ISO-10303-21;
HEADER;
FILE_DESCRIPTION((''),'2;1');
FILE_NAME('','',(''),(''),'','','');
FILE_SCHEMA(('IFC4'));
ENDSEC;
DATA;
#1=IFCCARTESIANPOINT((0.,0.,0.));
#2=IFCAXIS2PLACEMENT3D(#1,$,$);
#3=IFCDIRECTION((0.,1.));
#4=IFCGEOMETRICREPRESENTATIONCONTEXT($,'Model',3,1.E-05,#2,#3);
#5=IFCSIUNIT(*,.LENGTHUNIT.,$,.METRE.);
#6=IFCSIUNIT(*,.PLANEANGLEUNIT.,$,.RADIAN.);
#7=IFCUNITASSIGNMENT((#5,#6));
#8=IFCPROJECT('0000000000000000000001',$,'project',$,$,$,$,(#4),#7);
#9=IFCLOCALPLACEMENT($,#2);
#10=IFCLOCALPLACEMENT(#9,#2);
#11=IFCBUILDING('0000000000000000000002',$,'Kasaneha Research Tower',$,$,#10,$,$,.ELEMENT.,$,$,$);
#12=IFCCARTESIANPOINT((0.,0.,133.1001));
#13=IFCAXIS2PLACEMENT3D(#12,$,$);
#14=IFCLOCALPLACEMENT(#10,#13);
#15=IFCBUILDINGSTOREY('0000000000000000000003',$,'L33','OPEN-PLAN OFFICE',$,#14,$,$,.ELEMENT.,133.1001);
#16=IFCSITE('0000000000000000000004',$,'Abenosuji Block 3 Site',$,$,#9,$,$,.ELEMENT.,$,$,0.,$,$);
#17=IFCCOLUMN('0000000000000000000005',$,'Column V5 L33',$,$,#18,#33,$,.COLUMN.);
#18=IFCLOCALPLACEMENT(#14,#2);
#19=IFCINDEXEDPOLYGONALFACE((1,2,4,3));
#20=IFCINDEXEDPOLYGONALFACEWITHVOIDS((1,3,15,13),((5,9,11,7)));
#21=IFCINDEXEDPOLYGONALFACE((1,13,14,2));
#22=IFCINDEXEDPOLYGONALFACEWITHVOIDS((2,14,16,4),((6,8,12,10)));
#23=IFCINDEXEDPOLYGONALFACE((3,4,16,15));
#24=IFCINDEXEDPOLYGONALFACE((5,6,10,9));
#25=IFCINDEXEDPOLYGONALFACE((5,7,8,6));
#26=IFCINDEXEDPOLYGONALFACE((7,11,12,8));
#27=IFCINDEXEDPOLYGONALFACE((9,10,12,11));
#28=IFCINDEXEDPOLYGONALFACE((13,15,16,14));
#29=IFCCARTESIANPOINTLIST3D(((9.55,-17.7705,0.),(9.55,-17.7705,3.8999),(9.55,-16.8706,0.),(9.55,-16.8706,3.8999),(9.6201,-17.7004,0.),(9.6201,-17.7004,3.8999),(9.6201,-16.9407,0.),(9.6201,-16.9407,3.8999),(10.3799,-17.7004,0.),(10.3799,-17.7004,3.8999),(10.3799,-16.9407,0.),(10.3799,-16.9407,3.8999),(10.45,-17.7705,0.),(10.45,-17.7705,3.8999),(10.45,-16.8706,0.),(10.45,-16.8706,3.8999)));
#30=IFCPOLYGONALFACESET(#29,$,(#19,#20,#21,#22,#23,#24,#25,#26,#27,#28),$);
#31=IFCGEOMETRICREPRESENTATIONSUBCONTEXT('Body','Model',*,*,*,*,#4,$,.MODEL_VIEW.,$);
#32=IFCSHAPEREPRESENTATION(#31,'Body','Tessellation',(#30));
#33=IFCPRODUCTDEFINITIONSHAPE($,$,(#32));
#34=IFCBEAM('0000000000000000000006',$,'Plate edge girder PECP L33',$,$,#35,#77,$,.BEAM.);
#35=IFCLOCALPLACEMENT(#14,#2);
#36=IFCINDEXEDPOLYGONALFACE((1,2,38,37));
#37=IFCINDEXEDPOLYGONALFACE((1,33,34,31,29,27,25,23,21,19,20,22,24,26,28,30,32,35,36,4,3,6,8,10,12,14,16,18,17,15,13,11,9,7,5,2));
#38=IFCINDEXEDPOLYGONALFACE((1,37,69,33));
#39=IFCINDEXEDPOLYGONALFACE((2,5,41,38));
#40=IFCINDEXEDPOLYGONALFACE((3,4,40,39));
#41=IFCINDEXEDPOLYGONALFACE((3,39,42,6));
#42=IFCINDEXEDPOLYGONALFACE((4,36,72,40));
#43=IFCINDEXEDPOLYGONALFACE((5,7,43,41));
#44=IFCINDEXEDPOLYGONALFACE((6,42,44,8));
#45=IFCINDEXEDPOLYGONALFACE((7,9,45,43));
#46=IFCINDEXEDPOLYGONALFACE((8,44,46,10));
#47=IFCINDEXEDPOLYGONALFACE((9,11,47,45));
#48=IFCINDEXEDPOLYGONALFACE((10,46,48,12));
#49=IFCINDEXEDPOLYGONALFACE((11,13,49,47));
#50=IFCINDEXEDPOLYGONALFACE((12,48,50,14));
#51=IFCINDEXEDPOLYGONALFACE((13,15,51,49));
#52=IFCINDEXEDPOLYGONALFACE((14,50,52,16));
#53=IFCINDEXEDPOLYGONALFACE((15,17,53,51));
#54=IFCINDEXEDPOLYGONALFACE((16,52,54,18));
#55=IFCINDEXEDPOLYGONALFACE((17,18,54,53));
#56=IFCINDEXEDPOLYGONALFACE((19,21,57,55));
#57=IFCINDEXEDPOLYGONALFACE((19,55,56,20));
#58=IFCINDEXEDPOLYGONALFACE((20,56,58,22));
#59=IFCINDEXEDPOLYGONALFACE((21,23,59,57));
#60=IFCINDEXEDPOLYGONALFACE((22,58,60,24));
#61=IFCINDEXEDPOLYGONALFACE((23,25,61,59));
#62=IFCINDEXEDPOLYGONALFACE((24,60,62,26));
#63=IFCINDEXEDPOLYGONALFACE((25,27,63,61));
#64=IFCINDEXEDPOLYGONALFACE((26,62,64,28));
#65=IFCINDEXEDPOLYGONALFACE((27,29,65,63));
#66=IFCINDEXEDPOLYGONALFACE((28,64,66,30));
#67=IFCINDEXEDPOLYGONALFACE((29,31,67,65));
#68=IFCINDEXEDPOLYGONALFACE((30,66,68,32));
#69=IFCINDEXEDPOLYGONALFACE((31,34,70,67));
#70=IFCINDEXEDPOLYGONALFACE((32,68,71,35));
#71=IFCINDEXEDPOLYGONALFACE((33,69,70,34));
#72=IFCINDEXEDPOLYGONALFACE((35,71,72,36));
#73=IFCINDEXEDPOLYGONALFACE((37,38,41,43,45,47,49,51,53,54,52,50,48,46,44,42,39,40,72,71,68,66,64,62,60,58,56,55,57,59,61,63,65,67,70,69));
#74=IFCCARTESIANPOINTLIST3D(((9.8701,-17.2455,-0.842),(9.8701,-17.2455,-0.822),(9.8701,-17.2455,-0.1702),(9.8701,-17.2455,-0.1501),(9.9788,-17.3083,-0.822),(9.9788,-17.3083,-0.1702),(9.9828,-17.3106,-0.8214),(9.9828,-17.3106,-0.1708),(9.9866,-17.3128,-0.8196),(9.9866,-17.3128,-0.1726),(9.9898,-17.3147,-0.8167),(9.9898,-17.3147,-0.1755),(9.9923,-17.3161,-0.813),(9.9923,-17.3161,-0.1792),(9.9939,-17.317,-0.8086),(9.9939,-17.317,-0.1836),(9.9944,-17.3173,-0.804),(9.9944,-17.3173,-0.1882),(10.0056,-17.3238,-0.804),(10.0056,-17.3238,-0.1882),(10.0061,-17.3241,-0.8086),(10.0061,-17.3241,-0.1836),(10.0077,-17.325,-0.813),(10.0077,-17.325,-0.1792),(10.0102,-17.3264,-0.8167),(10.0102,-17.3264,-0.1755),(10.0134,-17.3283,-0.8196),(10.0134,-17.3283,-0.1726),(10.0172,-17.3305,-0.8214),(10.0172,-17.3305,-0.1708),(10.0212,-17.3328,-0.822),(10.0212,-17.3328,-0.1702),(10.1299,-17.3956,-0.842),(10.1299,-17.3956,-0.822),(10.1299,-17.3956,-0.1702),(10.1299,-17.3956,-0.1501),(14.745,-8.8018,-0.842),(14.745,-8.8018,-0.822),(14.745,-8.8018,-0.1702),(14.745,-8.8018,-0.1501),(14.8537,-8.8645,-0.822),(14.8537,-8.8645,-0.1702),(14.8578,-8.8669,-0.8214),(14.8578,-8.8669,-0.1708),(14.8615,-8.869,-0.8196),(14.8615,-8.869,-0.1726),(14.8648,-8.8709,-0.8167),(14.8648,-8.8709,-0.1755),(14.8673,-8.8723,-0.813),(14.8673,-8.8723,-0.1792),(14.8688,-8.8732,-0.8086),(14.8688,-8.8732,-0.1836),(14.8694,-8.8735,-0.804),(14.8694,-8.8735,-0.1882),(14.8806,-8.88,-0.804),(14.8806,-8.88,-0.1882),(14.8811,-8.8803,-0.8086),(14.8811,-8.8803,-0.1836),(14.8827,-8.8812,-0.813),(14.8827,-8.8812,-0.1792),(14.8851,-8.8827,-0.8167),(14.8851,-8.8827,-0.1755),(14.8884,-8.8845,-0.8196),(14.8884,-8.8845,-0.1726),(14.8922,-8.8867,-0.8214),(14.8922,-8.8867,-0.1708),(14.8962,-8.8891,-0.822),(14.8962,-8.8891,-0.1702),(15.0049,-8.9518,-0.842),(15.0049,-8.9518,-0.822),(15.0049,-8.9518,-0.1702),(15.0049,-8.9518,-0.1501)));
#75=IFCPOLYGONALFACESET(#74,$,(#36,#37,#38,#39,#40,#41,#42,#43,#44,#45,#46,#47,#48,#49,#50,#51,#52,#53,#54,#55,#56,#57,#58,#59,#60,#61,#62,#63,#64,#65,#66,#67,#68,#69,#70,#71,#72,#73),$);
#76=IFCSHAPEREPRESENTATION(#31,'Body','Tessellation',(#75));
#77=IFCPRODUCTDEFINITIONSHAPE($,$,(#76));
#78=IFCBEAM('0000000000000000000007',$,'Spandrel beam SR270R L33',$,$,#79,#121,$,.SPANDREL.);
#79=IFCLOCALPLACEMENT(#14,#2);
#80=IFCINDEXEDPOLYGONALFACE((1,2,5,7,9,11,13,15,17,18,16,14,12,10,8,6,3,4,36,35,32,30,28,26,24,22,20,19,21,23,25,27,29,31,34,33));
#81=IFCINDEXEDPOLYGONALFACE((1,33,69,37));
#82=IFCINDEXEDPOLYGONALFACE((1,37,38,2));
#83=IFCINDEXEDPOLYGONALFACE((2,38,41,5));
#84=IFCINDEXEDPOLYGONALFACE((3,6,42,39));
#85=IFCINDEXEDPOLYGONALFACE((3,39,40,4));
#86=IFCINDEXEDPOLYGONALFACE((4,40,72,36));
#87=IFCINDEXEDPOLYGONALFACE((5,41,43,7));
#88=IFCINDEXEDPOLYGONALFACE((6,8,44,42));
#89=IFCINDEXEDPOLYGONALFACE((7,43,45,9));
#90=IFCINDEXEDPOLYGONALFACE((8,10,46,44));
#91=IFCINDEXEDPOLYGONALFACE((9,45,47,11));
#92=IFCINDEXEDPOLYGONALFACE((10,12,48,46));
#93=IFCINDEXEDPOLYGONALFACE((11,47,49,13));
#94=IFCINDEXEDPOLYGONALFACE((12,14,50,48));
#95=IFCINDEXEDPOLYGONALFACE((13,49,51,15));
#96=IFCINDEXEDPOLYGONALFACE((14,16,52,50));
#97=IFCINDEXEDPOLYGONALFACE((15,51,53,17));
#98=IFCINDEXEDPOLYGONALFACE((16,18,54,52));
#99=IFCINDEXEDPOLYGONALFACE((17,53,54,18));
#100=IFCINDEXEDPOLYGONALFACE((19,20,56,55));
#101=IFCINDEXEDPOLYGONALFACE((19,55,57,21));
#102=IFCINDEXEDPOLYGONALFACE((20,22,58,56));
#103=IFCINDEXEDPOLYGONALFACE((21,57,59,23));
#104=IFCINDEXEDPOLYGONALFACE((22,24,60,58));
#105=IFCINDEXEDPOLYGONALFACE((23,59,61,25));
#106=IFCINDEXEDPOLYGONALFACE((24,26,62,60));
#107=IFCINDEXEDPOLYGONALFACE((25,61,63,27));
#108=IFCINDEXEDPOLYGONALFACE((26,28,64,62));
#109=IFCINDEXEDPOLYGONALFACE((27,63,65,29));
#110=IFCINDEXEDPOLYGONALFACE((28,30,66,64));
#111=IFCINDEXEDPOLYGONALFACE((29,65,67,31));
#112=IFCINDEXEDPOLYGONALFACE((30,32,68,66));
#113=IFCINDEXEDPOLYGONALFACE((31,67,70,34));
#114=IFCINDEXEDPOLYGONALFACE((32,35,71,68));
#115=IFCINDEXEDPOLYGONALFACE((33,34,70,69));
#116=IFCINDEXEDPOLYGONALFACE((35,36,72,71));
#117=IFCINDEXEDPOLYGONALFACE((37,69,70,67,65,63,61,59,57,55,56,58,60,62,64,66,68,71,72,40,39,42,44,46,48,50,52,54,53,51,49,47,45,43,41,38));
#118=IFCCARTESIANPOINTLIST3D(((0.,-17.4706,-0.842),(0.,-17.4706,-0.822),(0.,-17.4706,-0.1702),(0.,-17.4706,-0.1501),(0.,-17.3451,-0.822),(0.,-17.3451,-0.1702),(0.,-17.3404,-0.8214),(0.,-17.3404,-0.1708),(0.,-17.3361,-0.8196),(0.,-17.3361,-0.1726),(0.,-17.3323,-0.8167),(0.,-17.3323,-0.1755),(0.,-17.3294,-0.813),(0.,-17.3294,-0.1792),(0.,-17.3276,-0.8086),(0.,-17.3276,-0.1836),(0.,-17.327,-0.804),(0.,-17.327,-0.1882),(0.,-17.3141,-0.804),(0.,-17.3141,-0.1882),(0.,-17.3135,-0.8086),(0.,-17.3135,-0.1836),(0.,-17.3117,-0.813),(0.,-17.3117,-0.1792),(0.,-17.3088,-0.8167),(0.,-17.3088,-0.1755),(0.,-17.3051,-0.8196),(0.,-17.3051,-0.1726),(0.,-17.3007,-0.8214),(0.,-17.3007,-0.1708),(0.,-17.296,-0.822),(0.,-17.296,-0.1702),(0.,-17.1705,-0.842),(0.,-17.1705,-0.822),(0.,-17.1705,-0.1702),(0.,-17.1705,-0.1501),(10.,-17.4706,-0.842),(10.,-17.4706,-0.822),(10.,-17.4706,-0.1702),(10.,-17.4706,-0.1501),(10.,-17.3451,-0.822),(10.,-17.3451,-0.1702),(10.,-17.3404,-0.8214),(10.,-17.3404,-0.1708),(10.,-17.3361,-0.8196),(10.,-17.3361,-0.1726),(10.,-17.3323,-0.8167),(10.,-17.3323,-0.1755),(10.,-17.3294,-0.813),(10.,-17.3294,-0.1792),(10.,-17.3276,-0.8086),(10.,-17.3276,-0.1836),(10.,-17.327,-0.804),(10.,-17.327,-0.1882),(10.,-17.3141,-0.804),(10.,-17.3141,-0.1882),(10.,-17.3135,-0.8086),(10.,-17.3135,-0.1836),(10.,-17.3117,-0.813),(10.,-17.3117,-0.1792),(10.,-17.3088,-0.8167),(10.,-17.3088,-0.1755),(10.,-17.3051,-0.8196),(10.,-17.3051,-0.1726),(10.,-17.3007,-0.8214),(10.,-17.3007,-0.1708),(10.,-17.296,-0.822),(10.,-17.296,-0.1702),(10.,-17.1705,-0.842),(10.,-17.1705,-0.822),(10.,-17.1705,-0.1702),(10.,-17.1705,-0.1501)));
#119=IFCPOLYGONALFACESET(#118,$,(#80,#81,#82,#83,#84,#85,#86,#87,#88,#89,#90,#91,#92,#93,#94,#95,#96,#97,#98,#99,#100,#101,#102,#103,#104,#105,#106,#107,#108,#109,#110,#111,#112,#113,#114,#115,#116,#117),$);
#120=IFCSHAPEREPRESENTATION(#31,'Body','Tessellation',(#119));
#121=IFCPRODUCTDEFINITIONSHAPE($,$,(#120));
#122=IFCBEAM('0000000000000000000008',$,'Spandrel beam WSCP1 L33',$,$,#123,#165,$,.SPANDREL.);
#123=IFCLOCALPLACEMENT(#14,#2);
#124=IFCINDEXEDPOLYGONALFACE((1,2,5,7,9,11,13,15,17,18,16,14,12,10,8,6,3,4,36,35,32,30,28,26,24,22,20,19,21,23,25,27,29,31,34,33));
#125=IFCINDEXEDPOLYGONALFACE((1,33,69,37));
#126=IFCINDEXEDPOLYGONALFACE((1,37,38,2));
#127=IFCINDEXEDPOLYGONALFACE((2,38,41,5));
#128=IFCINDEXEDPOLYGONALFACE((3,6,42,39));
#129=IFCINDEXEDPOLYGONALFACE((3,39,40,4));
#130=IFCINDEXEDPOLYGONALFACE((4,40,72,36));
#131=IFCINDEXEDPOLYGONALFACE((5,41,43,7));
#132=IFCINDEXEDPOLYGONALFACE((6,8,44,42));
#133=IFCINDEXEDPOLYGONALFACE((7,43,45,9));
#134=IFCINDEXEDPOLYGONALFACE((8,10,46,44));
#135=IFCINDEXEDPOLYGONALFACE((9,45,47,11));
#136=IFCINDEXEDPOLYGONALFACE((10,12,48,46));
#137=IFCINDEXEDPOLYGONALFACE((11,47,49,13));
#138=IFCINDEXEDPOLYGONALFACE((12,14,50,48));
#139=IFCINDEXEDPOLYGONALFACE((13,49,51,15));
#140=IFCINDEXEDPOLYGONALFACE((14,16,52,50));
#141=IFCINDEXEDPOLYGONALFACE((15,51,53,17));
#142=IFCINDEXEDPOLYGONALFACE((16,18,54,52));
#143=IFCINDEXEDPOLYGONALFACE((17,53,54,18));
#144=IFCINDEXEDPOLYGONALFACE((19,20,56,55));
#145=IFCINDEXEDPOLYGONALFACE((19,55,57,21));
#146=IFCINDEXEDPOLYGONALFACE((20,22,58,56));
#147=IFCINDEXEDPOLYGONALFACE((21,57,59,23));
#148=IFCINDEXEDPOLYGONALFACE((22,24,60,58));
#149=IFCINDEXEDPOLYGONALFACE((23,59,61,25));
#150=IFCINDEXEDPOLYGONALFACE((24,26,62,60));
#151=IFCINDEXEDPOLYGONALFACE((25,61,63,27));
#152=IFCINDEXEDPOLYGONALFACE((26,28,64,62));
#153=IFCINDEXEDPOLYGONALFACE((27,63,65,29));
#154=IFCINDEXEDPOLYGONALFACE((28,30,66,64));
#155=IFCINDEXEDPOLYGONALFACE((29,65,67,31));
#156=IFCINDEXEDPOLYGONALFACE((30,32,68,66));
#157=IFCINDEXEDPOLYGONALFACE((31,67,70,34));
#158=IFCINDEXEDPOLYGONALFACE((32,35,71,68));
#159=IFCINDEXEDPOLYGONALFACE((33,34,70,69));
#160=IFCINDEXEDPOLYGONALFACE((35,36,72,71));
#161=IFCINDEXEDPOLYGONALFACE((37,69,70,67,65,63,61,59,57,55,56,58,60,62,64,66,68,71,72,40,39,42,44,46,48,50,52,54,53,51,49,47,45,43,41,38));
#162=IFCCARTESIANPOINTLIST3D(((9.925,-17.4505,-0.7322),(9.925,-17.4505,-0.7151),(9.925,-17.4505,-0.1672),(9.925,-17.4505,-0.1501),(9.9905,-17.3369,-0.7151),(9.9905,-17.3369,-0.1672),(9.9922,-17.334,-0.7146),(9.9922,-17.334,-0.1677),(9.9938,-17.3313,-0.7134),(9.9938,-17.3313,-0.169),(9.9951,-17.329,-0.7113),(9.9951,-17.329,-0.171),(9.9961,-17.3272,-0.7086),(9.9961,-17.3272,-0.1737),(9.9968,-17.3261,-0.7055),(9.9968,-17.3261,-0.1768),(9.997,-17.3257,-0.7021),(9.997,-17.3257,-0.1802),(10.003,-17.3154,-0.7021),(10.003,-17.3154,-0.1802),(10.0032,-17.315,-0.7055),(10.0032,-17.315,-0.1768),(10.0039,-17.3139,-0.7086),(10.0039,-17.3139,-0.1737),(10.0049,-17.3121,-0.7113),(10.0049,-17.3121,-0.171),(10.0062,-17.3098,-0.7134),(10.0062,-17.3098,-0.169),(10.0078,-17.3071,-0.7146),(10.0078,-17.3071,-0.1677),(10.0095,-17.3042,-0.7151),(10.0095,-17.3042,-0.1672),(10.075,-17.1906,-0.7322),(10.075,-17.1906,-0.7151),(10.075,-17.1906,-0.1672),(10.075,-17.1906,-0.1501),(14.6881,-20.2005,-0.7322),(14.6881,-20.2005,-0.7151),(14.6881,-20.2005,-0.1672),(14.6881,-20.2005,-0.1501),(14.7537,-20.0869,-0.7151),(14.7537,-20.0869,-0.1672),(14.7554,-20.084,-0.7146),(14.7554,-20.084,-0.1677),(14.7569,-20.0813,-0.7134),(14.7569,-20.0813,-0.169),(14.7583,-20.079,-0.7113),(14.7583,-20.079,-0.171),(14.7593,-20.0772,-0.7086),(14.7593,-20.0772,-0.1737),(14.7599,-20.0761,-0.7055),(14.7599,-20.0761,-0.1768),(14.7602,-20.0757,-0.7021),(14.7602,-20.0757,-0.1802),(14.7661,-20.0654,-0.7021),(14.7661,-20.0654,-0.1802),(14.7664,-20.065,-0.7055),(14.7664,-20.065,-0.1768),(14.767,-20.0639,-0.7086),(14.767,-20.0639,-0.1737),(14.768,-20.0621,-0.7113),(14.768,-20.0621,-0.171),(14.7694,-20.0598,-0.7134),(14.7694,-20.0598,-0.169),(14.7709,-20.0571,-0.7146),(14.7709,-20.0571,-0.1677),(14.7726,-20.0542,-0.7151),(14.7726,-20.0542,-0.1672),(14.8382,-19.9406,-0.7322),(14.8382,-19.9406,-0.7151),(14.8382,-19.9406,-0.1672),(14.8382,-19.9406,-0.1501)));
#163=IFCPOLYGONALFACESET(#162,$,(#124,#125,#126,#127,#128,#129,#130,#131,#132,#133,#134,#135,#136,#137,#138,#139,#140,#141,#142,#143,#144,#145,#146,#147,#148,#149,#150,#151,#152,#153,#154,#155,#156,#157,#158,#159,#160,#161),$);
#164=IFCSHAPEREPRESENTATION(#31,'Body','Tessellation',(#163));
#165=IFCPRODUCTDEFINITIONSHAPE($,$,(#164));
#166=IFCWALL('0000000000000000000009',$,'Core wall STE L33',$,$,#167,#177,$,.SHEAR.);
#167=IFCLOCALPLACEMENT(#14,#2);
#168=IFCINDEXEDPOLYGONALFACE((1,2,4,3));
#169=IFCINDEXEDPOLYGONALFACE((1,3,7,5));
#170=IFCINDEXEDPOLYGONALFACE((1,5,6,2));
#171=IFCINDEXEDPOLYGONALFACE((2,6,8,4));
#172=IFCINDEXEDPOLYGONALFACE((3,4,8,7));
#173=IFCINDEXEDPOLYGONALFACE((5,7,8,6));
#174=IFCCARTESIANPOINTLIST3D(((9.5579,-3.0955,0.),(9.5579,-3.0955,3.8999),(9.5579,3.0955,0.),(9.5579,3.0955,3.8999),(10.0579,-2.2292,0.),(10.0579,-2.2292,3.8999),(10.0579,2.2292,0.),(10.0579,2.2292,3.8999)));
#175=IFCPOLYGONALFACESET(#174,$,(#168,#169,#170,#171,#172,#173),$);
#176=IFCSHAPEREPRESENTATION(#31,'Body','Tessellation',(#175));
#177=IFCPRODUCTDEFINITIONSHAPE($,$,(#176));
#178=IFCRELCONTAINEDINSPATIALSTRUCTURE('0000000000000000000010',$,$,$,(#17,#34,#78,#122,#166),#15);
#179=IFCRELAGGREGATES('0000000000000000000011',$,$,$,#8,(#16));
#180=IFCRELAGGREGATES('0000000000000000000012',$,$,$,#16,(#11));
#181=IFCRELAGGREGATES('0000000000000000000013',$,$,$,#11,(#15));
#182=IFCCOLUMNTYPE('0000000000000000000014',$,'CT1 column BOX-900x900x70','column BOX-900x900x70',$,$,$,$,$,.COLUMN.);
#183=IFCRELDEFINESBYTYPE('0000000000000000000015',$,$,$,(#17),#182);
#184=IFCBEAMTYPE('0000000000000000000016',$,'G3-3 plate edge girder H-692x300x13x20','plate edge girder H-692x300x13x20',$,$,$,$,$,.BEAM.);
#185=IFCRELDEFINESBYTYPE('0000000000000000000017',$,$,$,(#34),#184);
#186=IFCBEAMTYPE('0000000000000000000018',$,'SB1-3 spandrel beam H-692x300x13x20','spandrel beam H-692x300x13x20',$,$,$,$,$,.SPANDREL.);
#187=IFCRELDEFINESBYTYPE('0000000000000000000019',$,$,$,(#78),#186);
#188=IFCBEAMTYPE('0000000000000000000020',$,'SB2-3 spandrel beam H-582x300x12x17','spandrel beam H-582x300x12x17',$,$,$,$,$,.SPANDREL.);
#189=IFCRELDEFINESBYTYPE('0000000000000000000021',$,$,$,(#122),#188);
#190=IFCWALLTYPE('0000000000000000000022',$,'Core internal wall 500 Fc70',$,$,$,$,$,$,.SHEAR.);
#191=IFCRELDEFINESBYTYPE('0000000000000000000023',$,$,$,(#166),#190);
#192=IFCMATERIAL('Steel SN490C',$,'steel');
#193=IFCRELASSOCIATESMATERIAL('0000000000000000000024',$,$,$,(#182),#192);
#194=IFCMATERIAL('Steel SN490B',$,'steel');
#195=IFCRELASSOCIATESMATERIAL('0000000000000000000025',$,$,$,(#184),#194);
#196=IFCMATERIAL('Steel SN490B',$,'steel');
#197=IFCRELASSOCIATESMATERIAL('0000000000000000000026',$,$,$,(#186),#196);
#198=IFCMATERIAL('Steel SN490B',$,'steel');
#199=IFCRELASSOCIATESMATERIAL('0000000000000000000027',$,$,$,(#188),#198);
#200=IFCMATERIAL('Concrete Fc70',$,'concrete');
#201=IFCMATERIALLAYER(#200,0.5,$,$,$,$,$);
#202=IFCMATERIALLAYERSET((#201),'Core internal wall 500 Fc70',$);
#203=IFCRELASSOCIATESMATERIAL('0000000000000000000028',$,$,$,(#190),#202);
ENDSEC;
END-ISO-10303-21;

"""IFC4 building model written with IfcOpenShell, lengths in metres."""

from ifc_helpers import new_model, si_unit, direction, frame, origin, origin_2d, place, context, subcontext, project, spatial, polyline, hollow_rectangle, i_section, outline, extrude, material, layer, layer_set, material_profile, profile_set, type_object, element, save


model = new_model("IFC4")

# Units and contexts
model_context = context("Model", 3, precision=1e-05, world=origin(), true_north=direction((0.0, 1.0)))
body_context = subcontext(model_context, "Body", "Model", "MODEL_VIEW")
ifc_project = project(units=[si_unit("LENGTHUNIT", "METRE"), si_unit("PLANEANGLEUNIT", "RADIAN")], contexts=[model_context])

# Site, building, storey
site_placement = place(None, origin())
site = spatial("IfcSite", under=ifc_project, at=site_placement, Name="Abenosuji Block 3 Site", CompositionType="ELEMENT", RefElevation=0.0)
building_placement = place(site_placement, origin())
building = spatial("IfcBuilding", under=site, at=building_placement, Name="Kasaneha Research Tower", CompositionType="ELEMENT")
storey_placement = place(building_placement, frame((0.0, 0.0, 133.1001)))
storey = spatial("IfcBuildingStorey", under=building, at=storey_placement, Name="L33", Description="OPEN-PLAN OFFICE", CompositionType="ELEMENT", Elevation=133.1001)

# Column
ifc_material_1 = material(Name="Steel SN490C", Category="steel")
ifc_material_profile_1 = material_profile(ifc_material_1, hollow_rectangle(XDim=0.8999, YDim=0.8999, WallThickness=0.0701, at=origin_2d()), Name="BOX-900x900x70")
ifc_profile_set_1 = profile_set([ifc_material_profile_1], Name="Steel SN490C")
column_type = type_object("IfcColumnType", Name="CT1 column BOX-900x900x70", Description="column BOX-900x900x70", PredefinedType="COLUMN", material=ifc_profile_set_1)
column_placement = place(storey_placement, frame((10.0, -17.3206, 0.0), z_axis=(0.0, 0.0, 1.0), x_axis=(1.0, 0.0, 0.0)))
element("IfcColumn", 1, at=column_placement, inside=storey, type_object=column_type, Name="Column V5 L33", PredefinedType="COLUMN", context=body_context, shape_type="SweptSolid", body=[
    extrude(hollow_rectangle(XDim=0.8999, YDim=0.8999, WallThickness=0.0701, at=origin_2d()), origin(), (0.0, 0.0, 1.0), 3.8999),
])

# Beams
ifc_material_2 = material(Name="Steel SN490B", Category="steel")
ifc_material_profile_2 = material_profile(ifc_material_2, i_section(OverallWidth=0.3, OverallDepth=0.6919, WebThickness=0.0129, FlangeThickness=0.02, FilletRadius=0.0181, at=origin_2d()), Name="H-692x300x13x20")
ifc_profile_set_2 = profile_set([ifc_material_profile_2], Name="Steel SN490B")
beam_type_1 = type_object("IfcBeamType", Name="G3-3 plate edge girder H-692x300x13x20", Description="plate edge girder H-692x300x13x20", PredefinedType="BEAM", material=ifc_profile_set_2)
beam_1_placement = place(storey_placement, frame((10.0, -17.3206, -0.4961), z_axis=(0.499996, 0.866028, 0.0), x_axis=(-0.866028, 0.499996, 0.0)))
element("IfcBeam", 2, at=beam_1_placement, inside=storey, type_object=beam_type_1, Name="Plate edge girder PECP L33", PredefinedType="BEAM", context=body_context, shape_type="SweptSolid", body=[
    extrude(i_section(OverallWidth=0.3, OverallDepth=0.6919, WebThickness=0.0129, FlangeThickness=0.02, FilletRadius=0.0181, at=origin_2d()), origin(), (0.0, 0.0, 1.0), 9.75),
])
ifc_material_3 = material(Name="Steel SN490B", Category="steel")
ifc_material_profile_3 = material_profile(ifc_material_3, i_section(OverallWidth=0.3, OverallDepth=0.6919, WebThickness=0.0129, FlangeThickness=0.02, FilletRadius=0.0181, at=origin_2d()), Name="H-692x300x13x20")
ifc_profile_set_3 = profile_set([ifc_material_profile_3], Name="Steel SN490B")
beam_type_2 = type_object("IfcBeamType", Name="SB1-3 spandrel beam H-692x300x13x20", Description="spandrel beam H-692x300x13x20", PredefinedType="SPANDREL", material=ifc_profile_set_3)
beam_2_placement = place(storey_placement, frame((10.0, -17.3206, -0.4961), z_axis=(-1.0, 0.0, 0.0), x_axis=(0.0, -1.0, 0.0)))
element("IfcBeam", 3, at=beam_2_placement, inside=storey, type_object=beam_type_2, Name="Spandrel beam SR270R L33", PredefinedType="SPANDREL", context=body_context, shape_type="SweptSolid", body=[
    extrude(i_section(OverallWidth=0.3, OverallDepth=0.6919, WebThickness=0.0129, FlangeThickness=0.02, FilletRadius=0.0181, at=origin_2d()), origin(), (0.0, 0.0, 1.0), 10.0),
])
ifc_material_4 = material(Name="Steel SN490B", Category="steel")
ifc_material_profile_4 = material_profile(ifc_material_4, i_section(OverallWidth=0.3, OverallDepth=0.582, WebThickness=0.012, FlangeThickness=0.0171, FilletRadius=0.0129, at=origin_2d()), Name="H-582x300x12x17")
ifc_profile_set_4 = profile_set([ifc_material_profile_4], Name="Steel SN490B")
beam_type_3 = type_object("IfcBeamType", Name="SB2-3 spandrel beam H-582x300x12x17", Description="spandrel beam H-582x300x12x17", PredefinedType="SPANDREL", material=ifc_profile_set_4)
beam_3_placement = place(storey_placement, frame((10.0, -17.3206, -0.4412), z_axis=(0.866027, -0.499997, 0.0), x_axis=(0.499997, 0.866027, 0.0)))
element("IfcBeam", 4, at=beam_3_placement, inside=storey, type_object=beam_type_3, Name="Spandrel beam WSCP1 L33", PredefinedType="SPANDREL", context=body_context, shape_type="SweptSolid", body=[
    extrude(i_section(OverallWidth=0.3, OverallDepth=0.582, WebThickness=0.012, FlangeThickness=0.0171, FilletRadius=0.0129, at=origin_2d()), origin(), (0.0, 0.0, 1.0), 5.5),
])

# Wall
ifc_material_5 = material(Name="Concrete Fc70", Category="concrete")
ifc_layer_1 = layer(ifc_material_5, 0.5)
ifc_layer_set_1 = layer_set([ifc_layer_1], Name="Core internal wall 500 Fc70")
wall_type_1 = type_object("IfcWallType", Name="Core internal wall 500 Fc70", PredefinedType="SHEAR", material=ifc_layer_set_1)
wall_1_placement = place(storey_placement, frame((9.8079, -2.6624, 0.0), z_axis=(0.0, 0.0, 1.0), x_axis=(0.0, 1.0, 0.0)))
element("IfcWall", 5, at=wall_1_placement, inside=storey, type_object=wall_type_1, Name="Core wall STE L33", PredefinedType="SHEAR", context=body_context, shape_type="SweptSolid", body=[
    extrude(outline(polyline([(0.4331, -0.25), (4.8916, -0.25), (5.7578, 0.25), (-0.4331, 0.25), (0.4331, -0.25)])), origin(), (0.0, 0.0, 1.0), 3.8999),
])

save(model, "model.ifc")
